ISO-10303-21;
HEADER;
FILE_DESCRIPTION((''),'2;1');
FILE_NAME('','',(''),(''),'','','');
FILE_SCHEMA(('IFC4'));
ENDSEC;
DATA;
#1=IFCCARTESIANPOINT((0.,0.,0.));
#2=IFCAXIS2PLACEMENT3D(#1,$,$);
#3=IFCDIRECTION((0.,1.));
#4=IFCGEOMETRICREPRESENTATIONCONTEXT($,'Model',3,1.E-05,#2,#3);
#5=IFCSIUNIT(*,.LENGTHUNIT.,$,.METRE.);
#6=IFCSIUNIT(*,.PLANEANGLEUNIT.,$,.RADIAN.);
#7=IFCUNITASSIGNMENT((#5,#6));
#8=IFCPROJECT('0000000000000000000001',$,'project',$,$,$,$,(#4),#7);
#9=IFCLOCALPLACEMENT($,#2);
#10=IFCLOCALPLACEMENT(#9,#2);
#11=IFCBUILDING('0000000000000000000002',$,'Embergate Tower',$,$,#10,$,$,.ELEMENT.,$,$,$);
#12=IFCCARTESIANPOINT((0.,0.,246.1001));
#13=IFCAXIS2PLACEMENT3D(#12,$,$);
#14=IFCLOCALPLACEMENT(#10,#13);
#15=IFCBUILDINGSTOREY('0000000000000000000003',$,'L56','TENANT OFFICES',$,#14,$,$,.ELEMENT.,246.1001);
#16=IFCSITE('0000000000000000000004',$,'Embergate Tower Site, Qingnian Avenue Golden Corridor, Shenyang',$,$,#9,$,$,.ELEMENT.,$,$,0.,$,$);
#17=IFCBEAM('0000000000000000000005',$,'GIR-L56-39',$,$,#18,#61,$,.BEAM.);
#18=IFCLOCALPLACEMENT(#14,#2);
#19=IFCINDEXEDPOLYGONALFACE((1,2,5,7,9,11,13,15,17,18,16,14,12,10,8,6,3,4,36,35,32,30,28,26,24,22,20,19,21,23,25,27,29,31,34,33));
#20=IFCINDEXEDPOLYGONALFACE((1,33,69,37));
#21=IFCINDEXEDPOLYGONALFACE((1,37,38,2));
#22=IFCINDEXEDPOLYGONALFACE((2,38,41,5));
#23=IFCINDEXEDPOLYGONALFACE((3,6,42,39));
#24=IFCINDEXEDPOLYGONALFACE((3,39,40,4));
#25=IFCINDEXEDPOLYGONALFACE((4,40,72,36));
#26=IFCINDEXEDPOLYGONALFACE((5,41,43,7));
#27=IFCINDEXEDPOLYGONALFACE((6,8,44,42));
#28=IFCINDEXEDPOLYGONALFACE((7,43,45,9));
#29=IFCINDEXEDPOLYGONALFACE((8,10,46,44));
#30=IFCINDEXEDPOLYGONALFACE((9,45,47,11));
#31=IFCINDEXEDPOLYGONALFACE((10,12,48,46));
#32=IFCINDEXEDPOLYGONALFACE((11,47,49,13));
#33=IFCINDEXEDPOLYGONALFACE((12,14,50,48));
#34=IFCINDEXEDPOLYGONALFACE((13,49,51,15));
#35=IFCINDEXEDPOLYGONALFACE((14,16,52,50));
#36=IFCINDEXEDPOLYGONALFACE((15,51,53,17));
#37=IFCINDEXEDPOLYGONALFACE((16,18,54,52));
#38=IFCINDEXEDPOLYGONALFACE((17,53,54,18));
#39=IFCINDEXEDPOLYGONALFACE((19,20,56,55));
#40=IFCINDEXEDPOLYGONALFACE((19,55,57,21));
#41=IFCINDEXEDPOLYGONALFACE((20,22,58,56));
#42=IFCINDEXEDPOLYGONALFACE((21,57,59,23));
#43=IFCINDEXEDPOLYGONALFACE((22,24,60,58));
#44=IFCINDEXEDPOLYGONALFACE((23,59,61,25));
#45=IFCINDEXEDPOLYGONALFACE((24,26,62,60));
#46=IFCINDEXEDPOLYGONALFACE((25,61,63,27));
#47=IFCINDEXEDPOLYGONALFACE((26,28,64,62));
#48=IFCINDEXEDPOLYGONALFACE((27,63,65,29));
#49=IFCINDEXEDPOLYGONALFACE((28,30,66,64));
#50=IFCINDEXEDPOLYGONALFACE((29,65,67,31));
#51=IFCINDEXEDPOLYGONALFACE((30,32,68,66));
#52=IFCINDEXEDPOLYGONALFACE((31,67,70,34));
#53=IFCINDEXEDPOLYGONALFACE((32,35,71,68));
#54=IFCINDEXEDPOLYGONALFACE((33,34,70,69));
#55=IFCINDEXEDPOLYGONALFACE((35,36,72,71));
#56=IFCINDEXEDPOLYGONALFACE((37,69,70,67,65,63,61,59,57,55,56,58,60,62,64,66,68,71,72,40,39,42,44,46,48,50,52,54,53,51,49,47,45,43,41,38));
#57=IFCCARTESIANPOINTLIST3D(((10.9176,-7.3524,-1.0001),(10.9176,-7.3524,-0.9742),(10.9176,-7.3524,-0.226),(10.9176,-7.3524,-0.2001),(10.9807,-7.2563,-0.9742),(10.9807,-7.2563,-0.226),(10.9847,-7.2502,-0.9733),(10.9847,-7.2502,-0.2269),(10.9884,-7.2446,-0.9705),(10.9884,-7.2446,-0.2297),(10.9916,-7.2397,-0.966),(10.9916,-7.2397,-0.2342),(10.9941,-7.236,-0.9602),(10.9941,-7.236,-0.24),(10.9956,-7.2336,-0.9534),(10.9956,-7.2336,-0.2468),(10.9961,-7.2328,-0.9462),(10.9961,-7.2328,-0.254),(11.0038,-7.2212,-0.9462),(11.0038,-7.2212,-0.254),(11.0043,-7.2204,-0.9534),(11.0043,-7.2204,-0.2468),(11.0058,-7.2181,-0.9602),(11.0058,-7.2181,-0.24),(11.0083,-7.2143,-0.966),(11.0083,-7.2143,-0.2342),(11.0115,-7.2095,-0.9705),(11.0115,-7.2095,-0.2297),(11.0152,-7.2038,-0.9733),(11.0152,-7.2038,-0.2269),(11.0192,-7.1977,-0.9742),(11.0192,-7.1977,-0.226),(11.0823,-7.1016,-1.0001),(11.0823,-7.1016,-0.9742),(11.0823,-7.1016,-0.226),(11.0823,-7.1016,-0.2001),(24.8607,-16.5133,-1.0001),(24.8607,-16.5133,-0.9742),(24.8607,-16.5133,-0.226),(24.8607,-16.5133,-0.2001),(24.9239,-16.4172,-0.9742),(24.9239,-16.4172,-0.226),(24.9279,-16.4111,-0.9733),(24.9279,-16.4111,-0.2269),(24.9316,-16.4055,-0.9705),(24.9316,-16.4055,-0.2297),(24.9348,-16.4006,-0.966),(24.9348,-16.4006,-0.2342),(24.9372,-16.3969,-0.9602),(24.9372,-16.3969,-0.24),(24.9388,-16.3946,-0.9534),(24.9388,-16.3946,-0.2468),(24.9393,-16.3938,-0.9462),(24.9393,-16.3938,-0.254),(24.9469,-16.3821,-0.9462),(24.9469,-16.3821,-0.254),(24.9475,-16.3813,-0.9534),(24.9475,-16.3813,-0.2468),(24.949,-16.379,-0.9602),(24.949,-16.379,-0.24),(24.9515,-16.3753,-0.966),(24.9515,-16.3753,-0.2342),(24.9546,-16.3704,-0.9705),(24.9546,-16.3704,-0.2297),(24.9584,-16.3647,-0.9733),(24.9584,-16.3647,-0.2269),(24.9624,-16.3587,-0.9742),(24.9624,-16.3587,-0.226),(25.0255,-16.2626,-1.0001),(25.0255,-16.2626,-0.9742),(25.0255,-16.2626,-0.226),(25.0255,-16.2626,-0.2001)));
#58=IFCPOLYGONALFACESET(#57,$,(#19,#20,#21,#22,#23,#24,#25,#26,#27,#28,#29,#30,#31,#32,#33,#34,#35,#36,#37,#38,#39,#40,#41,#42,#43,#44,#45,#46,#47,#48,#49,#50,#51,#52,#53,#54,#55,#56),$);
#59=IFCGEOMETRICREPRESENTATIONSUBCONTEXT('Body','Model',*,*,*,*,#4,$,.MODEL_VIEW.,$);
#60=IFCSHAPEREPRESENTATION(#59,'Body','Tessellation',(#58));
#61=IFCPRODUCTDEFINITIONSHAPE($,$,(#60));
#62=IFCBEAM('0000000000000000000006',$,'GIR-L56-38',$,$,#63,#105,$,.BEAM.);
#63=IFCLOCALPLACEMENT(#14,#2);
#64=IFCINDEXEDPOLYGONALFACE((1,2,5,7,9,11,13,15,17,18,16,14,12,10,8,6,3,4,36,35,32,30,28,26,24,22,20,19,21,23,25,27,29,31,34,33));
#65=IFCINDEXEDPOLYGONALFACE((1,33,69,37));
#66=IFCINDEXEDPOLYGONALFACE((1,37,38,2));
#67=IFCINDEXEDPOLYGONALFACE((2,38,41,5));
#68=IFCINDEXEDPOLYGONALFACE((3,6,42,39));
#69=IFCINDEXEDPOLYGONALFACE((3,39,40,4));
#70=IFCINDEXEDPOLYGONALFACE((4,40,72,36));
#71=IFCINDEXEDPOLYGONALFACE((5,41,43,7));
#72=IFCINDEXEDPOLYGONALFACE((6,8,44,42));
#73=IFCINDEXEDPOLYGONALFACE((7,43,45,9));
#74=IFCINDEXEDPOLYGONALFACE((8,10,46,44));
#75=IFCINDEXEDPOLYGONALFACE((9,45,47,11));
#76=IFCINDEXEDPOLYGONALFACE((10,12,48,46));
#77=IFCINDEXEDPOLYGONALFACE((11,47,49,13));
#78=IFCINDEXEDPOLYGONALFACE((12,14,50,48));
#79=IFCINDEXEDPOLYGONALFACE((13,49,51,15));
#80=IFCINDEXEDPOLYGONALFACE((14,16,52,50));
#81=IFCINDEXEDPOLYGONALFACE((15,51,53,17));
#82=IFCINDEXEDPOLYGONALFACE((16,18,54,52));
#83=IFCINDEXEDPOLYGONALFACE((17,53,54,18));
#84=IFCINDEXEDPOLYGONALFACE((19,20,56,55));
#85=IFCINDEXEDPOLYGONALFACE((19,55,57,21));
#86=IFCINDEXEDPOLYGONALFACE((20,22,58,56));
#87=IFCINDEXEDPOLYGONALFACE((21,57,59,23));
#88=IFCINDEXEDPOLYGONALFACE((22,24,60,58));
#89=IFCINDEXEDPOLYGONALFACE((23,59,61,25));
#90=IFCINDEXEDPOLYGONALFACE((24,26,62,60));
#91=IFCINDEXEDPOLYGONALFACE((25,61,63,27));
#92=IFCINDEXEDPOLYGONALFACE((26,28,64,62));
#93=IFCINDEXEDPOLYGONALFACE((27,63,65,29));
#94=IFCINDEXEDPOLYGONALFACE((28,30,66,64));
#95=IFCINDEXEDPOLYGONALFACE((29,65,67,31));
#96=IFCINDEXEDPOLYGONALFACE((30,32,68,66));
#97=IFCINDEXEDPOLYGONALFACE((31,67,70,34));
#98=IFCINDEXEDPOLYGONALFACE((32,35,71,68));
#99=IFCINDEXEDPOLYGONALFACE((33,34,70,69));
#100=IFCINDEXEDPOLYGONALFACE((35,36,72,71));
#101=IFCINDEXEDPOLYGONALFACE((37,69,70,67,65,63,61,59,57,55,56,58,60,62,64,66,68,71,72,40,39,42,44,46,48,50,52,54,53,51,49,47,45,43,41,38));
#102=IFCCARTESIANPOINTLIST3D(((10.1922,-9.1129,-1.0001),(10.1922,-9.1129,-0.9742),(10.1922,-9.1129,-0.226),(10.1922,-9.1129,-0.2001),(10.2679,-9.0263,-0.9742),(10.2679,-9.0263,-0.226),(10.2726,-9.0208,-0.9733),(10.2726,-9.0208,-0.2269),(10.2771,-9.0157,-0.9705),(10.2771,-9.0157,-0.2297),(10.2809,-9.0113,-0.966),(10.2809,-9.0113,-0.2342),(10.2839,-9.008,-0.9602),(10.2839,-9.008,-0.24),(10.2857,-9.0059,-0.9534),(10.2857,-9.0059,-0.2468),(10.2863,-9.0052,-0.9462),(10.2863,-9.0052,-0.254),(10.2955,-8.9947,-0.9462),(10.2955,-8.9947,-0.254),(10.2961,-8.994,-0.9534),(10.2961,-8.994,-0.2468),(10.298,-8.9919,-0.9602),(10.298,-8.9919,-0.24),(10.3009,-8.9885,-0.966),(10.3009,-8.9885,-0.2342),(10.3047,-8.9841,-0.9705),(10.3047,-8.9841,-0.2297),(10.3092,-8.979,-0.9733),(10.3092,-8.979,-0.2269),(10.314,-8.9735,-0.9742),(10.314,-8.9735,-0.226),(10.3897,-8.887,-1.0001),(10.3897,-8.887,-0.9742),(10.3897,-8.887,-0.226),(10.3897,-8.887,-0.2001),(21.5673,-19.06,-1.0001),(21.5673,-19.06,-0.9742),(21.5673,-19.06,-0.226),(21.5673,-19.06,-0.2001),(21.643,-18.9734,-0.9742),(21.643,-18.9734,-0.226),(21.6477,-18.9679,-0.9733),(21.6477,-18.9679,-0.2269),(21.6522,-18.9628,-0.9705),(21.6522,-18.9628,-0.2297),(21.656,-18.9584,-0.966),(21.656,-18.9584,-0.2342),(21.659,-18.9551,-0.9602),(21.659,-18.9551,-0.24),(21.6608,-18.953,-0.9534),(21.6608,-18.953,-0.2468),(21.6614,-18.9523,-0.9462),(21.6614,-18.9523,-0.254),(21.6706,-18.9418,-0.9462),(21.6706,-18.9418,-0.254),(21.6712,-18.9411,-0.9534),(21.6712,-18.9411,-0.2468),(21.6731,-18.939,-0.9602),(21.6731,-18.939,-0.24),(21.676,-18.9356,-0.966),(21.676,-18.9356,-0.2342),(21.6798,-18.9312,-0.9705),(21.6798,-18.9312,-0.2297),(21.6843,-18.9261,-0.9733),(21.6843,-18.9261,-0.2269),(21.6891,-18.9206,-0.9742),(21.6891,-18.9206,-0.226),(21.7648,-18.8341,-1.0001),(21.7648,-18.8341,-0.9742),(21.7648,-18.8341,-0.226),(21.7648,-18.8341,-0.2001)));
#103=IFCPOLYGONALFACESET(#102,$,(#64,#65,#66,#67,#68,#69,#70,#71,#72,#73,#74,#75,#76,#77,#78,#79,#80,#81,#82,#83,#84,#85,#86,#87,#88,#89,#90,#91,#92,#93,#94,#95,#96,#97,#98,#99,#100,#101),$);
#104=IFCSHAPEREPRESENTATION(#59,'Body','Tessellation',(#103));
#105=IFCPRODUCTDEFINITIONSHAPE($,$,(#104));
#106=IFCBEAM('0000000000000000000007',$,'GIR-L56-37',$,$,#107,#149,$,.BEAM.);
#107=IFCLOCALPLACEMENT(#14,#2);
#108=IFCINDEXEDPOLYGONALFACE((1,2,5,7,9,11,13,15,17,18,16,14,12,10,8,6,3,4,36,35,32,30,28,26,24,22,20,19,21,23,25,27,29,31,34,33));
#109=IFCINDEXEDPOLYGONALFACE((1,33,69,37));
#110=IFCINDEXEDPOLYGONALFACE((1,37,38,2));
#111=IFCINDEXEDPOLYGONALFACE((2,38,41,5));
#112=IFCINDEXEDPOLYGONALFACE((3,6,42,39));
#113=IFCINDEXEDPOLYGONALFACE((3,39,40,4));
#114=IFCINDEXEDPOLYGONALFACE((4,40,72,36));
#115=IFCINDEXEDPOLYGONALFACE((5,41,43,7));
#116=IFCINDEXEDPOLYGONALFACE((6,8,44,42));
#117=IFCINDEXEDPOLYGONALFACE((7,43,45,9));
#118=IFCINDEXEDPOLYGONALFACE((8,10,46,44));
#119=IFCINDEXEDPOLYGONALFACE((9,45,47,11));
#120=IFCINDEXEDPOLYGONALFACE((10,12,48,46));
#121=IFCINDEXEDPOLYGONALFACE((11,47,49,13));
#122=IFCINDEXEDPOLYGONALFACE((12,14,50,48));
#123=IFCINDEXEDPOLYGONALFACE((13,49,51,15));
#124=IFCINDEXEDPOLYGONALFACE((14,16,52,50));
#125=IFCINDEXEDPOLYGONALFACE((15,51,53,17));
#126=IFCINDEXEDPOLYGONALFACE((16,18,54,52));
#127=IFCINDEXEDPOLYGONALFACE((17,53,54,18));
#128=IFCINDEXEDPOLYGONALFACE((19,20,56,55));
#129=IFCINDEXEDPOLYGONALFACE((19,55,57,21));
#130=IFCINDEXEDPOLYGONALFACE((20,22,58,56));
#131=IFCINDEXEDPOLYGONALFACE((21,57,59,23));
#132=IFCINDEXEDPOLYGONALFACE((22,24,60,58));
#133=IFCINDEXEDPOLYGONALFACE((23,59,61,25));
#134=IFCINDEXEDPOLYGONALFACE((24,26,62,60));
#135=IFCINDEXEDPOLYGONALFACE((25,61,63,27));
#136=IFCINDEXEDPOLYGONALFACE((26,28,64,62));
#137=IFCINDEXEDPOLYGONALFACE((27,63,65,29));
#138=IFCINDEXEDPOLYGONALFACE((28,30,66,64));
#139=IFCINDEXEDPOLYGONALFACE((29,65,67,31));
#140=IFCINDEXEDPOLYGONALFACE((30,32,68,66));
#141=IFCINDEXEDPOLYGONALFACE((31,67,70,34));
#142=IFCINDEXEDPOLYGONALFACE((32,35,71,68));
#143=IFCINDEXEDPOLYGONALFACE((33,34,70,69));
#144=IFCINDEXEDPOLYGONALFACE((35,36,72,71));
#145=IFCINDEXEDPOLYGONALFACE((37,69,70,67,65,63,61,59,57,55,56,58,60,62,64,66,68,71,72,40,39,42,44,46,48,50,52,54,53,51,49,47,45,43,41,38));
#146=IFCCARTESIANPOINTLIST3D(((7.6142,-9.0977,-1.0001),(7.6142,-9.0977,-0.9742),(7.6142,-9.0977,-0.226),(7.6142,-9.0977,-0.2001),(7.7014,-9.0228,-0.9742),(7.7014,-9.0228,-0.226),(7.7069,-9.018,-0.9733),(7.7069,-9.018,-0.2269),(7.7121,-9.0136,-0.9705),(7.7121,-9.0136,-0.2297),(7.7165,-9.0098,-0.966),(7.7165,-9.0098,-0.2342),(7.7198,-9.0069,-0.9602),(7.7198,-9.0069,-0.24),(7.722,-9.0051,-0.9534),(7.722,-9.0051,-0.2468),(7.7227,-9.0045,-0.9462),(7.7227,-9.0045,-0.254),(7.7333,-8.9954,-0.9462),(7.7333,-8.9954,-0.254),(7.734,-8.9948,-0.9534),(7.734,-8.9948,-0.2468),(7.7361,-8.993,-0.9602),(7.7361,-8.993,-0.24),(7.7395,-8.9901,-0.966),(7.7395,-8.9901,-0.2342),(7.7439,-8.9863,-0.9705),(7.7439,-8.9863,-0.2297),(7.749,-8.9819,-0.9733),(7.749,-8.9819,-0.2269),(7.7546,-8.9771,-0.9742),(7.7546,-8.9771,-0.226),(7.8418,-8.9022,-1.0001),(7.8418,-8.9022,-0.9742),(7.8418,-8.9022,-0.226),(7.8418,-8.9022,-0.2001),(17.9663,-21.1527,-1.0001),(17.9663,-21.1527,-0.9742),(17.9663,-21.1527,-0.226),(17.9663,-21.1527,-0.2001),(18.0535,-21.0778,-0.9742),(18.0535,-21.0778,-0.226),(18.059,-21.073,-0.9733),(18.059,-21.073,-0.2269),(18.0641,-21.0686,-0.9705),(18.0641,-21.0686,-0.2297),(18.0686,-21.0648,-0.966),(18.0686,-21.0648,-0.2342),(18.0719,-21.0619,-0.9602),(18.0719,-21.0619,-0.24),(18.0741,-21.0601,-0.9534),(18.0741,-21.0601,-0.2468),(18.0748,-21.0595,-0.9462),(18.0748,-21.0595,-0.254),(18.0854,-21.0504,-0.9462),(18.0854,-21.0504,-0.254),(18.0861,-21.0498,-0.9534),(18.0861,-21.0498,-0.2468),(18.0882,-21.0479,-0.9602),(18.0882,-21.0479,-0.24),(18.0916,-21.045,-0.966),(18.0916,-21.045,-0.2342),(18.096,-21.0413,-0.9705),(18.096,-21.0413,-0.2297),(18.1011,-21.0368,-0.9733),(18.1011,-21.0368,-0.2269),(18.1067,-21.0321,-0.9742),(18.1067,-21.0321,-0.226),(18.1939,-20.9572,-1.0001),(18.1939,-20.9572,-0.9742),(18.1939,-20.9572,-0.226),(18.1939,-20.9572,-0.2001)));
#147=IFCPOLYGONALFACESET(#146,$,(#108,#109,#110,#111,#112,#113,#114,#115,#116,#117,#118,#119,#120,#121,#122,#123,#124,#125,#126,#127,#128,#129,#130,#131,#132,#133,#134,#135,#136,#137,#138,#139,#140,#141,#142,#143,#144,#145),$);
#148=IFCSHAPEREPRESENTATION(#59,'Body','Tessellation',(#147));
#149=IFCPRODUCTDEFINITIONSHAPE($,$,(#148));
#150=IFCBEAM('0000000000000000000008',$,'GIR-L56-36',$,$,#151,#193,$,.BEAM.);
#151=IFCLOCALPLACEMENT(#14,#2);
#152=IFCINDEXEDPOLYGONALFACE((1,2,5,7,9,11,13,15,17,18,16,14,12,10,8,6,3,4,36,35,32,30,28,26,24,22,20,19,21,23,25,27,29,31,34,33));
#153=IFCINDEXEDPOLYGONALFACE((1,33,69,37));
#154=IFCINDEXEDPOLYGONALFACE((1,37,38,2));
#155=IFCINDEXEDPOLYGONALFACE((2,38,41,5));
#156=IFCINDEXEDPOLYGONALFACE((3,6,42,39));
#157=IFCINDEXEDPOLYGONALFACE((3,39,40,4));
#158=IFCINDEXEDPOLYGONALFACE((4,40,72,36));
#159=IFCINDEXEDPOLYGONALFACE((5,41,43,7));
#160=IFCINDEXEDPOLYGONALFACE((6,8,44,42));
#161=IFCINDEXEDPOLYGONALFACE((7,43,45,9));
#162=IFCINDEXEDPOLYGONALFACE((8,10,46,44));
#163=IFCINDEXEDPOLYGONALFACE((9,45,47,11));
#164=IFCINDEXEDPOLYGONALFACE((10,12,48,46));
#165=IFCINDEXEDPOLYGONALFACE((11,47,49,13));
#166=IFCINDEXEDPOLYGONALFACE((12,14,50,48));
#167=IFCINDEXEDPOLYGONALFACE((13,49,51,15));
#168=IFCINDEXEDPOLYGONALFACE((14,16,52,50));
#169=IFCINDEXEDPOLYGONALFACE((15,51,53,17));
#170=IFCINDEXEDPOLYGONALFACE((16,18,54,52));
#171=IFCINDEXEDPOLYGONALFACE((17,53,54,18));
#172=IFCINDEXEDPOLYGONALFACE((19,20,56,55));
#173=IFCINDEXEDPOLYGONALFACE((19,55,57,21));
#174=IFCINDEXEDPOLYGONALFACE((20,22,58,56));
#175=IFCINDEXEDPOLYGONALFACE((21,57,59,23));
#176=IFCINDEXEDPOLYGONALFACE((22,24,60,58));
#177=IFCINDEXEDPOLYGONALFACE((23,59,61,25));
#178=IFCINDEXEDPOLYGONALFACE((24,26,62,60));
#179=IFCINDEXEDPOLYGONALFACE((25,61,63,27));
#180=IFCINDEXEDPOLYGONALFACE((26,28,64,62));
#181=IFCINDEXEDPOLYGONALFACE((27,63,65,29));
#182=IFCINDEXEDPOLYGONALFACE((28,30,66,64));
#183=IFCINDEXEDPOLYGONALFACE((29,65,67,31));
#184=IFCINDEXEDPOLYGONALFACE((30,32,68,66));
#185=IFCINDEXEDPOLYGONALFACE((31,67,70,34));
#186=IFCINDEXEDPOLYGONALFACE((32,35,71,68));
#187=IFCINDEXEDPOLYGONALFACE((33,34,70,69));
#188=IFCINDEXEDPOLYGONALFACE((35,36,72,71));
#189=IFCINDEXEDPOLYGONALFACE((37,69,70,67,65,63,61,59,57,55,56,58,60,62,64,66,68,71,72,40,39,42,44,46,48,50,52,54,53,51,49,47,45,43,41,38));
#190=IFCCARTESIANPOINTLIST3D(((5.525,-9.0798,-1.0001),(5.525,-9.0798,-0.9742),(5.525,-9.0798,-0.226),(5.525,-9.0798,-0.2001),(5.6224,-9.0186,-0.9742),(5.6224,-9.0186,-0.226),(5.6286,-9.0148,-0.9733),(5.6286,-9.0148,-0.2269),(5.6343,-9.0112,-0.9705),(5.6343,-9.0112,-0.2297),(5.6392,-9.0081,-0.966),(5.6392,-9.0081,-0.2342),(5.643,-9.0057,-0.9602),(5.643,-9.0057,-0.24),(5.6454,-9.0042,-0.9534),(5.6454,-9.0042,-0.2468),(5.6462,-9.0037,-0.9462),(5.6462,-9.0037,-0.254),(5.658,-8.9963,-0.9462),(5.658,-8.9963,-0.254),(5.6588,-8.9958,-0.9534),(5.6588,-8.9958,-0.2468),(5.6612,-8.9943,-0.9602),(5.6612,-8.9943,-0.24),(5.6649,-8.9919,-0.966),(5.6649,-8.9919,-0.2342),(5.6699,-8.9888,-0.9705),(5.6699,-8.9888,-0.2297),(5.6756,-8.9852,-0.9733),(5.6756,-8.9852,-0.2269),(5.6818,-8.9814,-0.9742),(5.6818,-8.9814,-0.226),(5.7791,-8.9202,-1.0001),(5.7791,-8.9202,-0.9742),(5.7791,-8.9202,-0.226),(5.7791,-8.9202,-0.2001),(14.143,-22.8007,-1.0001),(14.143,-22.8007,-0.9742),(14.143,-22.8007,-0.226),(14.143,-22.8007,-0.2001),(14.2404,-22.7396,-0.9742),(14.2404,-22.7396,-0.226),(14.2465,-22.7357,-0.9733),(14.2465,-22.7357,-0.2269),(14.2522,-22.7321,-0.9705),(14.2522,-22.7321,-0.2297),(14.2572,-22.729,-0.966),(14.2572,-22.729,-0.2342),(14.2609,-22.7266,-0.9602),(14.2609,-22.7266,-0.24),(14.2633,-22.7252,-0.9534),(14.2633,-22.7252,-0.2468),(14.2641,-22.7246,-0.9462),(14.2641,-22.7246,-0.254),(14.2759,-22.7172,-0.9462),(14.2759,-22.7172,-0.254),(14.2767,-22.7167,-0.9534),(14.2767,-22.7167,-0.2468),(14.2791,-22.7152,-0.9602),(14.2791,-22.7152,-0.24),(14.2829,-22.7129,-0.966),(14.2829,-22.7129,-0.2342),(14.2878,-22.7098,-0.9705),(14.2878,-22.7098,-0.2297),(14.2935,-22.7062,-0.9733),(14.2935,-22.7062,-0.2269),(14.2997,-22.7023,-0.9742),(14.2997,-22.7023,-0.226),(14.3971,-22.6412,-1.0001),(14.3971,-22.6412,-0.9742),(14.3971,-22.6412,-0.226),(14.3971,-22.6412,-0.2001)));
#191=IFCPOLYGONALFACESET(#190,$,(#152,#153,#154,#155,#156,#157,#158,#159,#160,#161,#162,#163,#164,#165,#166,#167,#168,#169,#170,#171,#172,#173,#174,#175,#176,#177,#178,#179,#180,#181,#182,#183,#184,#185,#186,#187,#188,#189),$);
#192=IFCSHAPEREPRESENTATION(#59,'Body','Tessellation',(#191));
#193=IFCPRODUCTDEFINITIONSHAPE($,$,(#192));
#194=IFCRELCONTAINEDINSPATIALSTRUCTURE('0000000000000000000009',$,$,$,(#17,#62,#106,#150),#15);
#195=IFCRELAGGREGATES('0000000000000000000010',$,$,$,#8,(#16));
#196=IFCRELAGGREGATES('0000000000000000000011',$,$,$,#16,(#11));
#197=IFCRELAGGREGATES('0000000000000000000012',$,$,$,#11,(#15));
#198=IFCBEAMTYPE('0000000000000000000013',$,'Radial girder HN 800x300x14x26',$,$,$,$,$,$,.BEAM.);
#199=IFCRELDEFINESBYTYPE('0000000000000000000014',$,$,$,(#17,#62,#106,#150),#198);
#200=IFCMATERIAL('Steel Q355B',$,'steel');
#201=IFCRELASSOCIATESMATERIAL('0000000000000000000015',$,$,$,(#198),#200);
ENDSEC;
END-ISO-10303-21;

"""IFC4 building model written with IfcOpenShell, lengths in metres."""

from ifc_helpers import new_model, si_unit, direction, frame, origin, origin_2d, place, context, subcontext, project, spatial, i_section, extrude, source, transform, mapped, material, material_profile, profile_set, type_object, element, save


model = new_model("IFC4")

# Units and contexts
model_context = context("Model", 3, precision=1e-05, world=origin(), true_north=direction((0.0, 1.0)))
body_context = subcontext(model_context, "Body", "Model", "MODEL_VIEW")
ifc_project = project(units=[si_unit("LENGTHUNIT", "METRE"), si_unit("PLANEANGLEUNIT", "RADIAN")], contexts=[model_context])

# Site, building, storey
site_placement = place(None, origin())
site = spatial("IfcSite", under=ifc_project, at=site_placement, Name="Embergate Tower Site, Qingnian Avenue Golden Corridor, Shenyang", CompositionType="ELEMENT", RefElevation=0.0)
building_placement = place(site_placement, origin())
building = spatial("IfcBuilding", under=site, at=building_placement, Name="Embergate Tower", CompositionType="ELEMENT")
storey_placement = place(building_placement, frame((0.0, 0.0, 246.1001)))
storey = spatial("IfcBuildingStorey", under=building, at=storey_placement, Name="L56", Description="TENANT OFFICES", CompositionType="ELEMENT", Elevation=246.1001)

# Beams
ifc_material_1 = material(Name="Steel Q355B", Category="steel")
ifc_material_profile_1 = material_profile(ifc_material_1, i_section(OverallWidth=0.3, OverallDepth=0.8, WebThickness=0.0139, FlangeThickness=0.0259, FilletRadius=0.0281, at=origin_2d()), Name="HN 800x300x14x26")
ifc_profile_set_1 = profile_set([ifc_material_profile_1], Name="Steel Q355 grade B")
beam_type_1 = type_object("IfcBeamType", Name="Radial girder HN 800x300x14x26", PredefinedType="BEAM", material=ifc_profile_set_1)
shared_shape_1 = source(origin(), body_context, "Body", "SweptSolid", [
    extrude(i_section(OverallWidth=0.3, OverallDepth=0.8, WebThickness=0.0139, FlangeThickness=0.0259, FilletRadius=0.0281, at=origin_2d()), origin(), (0.0, 0.0, 1.0), 16.6833),
])
beam_1_placement = place(storey_placement, frame((24.9431, -16.3879, -0.6001), z_axis=(-0.835753, 0.549105, 0.0), x_axis=(-0.549105, -0.835753, 0.0)))
element("IfcBeam", 1, at=beam_1_placement, inside=storey, type_object=beam_type_1, Name="GIR-L56-39", PredefinedType="BEAM", context=body_context, shape_type="MappedRepresentation", body=[
    mapped(shared_shape_1, transform((0.0, 0.0, 0.0))),
])
shared_shape_2 = source(origin(), body_context, "Body", "SweptSolid", [
    extrude(i_section(OverallWidth=0.3, OverallDepth=0.8, WebThickness=0.0139, FlangeThickness=0.0259, FilletRadius=0.0281, at=origin_2d()), origin(), (0.0, 0.0, 1.0), 15.1108),
])
beam_2_placement = place(storey_placement, frame((21.666, -18.947, -0.6001), z_axis=(-0.752777, 0.658276, 0.0), x_axis=(-0.658276, -0.752777, 0.0)))
element("IfcBeam", 2, at=beam_2_placement, inside=storey, type_object=beam_type_1, Name="GIR-L56-38", PredefinedType="BEAM", context=body_context, shape_type="MappedRepresentation", body=[
    mapped(shared_shape_2, transform((0.0, 0.0, 0.0))),
])
shared_shape_3 = source(origin(), body_context, "Body", "SweptSolid", [
    extrude(i_section(OverallWidth=0.3, OverallDepth=0.8, WebThickness=0.0139, FlangeThickness=0.0259, FilletRadius=0.0281, at=origin_2d()), origin(), (0.0, 0.0, 1.0), 15.8899),
])
beam_3_placement = place(storey_placement, frame((18.0801, -21.0549, -0.6001), z_axis=(-0.65149, 0.758658, 0.0), x_axis=(-0.758658, -0.65149, 0.0)))
element("IfcBeam", 3, at=beam_3_placement, inside=storey, type_object=beam_type_1, Name="GIR-L56-37", PredefinedType="BEAM", context=body_context, shape_type="MappedRepresentation", body=[
    mapped(shared_shape_3, transform((0.0, 0.0, 0.0))),
])
shared_shape_4 = source(origin(), body_context, "Body", "SweptSolid", [
    extrude(i_section(OverallWidth=0.3, OverallDepth=0.8, WebThickness=0.0139, FlangeThickness=0.0259, FilletRadius=0.0281, at=origin_2d()), origin(), (0.0, 0.0, 1.0), 16.2029),
])
beam_4_placement = place(storey_placement, frame((14.27, -22.7209, -0.6001), z_axis=(-0.531876, 0.846822, 0.0), x_axis=(-0.846822, -0.531876, 0.0)))
element("IfcBeam", 4, at=beam_4_placement, inside=storey, type_object=beam_type_1, Name="GIR-L56-36", PredefinedType="BEAM", context=body_context, shape_type="MappedRepresentation", body=[
    mapped(shared_shape_4, transform((0.0, 0.0, 0.0))),
])

save(model, "model.ifc")
